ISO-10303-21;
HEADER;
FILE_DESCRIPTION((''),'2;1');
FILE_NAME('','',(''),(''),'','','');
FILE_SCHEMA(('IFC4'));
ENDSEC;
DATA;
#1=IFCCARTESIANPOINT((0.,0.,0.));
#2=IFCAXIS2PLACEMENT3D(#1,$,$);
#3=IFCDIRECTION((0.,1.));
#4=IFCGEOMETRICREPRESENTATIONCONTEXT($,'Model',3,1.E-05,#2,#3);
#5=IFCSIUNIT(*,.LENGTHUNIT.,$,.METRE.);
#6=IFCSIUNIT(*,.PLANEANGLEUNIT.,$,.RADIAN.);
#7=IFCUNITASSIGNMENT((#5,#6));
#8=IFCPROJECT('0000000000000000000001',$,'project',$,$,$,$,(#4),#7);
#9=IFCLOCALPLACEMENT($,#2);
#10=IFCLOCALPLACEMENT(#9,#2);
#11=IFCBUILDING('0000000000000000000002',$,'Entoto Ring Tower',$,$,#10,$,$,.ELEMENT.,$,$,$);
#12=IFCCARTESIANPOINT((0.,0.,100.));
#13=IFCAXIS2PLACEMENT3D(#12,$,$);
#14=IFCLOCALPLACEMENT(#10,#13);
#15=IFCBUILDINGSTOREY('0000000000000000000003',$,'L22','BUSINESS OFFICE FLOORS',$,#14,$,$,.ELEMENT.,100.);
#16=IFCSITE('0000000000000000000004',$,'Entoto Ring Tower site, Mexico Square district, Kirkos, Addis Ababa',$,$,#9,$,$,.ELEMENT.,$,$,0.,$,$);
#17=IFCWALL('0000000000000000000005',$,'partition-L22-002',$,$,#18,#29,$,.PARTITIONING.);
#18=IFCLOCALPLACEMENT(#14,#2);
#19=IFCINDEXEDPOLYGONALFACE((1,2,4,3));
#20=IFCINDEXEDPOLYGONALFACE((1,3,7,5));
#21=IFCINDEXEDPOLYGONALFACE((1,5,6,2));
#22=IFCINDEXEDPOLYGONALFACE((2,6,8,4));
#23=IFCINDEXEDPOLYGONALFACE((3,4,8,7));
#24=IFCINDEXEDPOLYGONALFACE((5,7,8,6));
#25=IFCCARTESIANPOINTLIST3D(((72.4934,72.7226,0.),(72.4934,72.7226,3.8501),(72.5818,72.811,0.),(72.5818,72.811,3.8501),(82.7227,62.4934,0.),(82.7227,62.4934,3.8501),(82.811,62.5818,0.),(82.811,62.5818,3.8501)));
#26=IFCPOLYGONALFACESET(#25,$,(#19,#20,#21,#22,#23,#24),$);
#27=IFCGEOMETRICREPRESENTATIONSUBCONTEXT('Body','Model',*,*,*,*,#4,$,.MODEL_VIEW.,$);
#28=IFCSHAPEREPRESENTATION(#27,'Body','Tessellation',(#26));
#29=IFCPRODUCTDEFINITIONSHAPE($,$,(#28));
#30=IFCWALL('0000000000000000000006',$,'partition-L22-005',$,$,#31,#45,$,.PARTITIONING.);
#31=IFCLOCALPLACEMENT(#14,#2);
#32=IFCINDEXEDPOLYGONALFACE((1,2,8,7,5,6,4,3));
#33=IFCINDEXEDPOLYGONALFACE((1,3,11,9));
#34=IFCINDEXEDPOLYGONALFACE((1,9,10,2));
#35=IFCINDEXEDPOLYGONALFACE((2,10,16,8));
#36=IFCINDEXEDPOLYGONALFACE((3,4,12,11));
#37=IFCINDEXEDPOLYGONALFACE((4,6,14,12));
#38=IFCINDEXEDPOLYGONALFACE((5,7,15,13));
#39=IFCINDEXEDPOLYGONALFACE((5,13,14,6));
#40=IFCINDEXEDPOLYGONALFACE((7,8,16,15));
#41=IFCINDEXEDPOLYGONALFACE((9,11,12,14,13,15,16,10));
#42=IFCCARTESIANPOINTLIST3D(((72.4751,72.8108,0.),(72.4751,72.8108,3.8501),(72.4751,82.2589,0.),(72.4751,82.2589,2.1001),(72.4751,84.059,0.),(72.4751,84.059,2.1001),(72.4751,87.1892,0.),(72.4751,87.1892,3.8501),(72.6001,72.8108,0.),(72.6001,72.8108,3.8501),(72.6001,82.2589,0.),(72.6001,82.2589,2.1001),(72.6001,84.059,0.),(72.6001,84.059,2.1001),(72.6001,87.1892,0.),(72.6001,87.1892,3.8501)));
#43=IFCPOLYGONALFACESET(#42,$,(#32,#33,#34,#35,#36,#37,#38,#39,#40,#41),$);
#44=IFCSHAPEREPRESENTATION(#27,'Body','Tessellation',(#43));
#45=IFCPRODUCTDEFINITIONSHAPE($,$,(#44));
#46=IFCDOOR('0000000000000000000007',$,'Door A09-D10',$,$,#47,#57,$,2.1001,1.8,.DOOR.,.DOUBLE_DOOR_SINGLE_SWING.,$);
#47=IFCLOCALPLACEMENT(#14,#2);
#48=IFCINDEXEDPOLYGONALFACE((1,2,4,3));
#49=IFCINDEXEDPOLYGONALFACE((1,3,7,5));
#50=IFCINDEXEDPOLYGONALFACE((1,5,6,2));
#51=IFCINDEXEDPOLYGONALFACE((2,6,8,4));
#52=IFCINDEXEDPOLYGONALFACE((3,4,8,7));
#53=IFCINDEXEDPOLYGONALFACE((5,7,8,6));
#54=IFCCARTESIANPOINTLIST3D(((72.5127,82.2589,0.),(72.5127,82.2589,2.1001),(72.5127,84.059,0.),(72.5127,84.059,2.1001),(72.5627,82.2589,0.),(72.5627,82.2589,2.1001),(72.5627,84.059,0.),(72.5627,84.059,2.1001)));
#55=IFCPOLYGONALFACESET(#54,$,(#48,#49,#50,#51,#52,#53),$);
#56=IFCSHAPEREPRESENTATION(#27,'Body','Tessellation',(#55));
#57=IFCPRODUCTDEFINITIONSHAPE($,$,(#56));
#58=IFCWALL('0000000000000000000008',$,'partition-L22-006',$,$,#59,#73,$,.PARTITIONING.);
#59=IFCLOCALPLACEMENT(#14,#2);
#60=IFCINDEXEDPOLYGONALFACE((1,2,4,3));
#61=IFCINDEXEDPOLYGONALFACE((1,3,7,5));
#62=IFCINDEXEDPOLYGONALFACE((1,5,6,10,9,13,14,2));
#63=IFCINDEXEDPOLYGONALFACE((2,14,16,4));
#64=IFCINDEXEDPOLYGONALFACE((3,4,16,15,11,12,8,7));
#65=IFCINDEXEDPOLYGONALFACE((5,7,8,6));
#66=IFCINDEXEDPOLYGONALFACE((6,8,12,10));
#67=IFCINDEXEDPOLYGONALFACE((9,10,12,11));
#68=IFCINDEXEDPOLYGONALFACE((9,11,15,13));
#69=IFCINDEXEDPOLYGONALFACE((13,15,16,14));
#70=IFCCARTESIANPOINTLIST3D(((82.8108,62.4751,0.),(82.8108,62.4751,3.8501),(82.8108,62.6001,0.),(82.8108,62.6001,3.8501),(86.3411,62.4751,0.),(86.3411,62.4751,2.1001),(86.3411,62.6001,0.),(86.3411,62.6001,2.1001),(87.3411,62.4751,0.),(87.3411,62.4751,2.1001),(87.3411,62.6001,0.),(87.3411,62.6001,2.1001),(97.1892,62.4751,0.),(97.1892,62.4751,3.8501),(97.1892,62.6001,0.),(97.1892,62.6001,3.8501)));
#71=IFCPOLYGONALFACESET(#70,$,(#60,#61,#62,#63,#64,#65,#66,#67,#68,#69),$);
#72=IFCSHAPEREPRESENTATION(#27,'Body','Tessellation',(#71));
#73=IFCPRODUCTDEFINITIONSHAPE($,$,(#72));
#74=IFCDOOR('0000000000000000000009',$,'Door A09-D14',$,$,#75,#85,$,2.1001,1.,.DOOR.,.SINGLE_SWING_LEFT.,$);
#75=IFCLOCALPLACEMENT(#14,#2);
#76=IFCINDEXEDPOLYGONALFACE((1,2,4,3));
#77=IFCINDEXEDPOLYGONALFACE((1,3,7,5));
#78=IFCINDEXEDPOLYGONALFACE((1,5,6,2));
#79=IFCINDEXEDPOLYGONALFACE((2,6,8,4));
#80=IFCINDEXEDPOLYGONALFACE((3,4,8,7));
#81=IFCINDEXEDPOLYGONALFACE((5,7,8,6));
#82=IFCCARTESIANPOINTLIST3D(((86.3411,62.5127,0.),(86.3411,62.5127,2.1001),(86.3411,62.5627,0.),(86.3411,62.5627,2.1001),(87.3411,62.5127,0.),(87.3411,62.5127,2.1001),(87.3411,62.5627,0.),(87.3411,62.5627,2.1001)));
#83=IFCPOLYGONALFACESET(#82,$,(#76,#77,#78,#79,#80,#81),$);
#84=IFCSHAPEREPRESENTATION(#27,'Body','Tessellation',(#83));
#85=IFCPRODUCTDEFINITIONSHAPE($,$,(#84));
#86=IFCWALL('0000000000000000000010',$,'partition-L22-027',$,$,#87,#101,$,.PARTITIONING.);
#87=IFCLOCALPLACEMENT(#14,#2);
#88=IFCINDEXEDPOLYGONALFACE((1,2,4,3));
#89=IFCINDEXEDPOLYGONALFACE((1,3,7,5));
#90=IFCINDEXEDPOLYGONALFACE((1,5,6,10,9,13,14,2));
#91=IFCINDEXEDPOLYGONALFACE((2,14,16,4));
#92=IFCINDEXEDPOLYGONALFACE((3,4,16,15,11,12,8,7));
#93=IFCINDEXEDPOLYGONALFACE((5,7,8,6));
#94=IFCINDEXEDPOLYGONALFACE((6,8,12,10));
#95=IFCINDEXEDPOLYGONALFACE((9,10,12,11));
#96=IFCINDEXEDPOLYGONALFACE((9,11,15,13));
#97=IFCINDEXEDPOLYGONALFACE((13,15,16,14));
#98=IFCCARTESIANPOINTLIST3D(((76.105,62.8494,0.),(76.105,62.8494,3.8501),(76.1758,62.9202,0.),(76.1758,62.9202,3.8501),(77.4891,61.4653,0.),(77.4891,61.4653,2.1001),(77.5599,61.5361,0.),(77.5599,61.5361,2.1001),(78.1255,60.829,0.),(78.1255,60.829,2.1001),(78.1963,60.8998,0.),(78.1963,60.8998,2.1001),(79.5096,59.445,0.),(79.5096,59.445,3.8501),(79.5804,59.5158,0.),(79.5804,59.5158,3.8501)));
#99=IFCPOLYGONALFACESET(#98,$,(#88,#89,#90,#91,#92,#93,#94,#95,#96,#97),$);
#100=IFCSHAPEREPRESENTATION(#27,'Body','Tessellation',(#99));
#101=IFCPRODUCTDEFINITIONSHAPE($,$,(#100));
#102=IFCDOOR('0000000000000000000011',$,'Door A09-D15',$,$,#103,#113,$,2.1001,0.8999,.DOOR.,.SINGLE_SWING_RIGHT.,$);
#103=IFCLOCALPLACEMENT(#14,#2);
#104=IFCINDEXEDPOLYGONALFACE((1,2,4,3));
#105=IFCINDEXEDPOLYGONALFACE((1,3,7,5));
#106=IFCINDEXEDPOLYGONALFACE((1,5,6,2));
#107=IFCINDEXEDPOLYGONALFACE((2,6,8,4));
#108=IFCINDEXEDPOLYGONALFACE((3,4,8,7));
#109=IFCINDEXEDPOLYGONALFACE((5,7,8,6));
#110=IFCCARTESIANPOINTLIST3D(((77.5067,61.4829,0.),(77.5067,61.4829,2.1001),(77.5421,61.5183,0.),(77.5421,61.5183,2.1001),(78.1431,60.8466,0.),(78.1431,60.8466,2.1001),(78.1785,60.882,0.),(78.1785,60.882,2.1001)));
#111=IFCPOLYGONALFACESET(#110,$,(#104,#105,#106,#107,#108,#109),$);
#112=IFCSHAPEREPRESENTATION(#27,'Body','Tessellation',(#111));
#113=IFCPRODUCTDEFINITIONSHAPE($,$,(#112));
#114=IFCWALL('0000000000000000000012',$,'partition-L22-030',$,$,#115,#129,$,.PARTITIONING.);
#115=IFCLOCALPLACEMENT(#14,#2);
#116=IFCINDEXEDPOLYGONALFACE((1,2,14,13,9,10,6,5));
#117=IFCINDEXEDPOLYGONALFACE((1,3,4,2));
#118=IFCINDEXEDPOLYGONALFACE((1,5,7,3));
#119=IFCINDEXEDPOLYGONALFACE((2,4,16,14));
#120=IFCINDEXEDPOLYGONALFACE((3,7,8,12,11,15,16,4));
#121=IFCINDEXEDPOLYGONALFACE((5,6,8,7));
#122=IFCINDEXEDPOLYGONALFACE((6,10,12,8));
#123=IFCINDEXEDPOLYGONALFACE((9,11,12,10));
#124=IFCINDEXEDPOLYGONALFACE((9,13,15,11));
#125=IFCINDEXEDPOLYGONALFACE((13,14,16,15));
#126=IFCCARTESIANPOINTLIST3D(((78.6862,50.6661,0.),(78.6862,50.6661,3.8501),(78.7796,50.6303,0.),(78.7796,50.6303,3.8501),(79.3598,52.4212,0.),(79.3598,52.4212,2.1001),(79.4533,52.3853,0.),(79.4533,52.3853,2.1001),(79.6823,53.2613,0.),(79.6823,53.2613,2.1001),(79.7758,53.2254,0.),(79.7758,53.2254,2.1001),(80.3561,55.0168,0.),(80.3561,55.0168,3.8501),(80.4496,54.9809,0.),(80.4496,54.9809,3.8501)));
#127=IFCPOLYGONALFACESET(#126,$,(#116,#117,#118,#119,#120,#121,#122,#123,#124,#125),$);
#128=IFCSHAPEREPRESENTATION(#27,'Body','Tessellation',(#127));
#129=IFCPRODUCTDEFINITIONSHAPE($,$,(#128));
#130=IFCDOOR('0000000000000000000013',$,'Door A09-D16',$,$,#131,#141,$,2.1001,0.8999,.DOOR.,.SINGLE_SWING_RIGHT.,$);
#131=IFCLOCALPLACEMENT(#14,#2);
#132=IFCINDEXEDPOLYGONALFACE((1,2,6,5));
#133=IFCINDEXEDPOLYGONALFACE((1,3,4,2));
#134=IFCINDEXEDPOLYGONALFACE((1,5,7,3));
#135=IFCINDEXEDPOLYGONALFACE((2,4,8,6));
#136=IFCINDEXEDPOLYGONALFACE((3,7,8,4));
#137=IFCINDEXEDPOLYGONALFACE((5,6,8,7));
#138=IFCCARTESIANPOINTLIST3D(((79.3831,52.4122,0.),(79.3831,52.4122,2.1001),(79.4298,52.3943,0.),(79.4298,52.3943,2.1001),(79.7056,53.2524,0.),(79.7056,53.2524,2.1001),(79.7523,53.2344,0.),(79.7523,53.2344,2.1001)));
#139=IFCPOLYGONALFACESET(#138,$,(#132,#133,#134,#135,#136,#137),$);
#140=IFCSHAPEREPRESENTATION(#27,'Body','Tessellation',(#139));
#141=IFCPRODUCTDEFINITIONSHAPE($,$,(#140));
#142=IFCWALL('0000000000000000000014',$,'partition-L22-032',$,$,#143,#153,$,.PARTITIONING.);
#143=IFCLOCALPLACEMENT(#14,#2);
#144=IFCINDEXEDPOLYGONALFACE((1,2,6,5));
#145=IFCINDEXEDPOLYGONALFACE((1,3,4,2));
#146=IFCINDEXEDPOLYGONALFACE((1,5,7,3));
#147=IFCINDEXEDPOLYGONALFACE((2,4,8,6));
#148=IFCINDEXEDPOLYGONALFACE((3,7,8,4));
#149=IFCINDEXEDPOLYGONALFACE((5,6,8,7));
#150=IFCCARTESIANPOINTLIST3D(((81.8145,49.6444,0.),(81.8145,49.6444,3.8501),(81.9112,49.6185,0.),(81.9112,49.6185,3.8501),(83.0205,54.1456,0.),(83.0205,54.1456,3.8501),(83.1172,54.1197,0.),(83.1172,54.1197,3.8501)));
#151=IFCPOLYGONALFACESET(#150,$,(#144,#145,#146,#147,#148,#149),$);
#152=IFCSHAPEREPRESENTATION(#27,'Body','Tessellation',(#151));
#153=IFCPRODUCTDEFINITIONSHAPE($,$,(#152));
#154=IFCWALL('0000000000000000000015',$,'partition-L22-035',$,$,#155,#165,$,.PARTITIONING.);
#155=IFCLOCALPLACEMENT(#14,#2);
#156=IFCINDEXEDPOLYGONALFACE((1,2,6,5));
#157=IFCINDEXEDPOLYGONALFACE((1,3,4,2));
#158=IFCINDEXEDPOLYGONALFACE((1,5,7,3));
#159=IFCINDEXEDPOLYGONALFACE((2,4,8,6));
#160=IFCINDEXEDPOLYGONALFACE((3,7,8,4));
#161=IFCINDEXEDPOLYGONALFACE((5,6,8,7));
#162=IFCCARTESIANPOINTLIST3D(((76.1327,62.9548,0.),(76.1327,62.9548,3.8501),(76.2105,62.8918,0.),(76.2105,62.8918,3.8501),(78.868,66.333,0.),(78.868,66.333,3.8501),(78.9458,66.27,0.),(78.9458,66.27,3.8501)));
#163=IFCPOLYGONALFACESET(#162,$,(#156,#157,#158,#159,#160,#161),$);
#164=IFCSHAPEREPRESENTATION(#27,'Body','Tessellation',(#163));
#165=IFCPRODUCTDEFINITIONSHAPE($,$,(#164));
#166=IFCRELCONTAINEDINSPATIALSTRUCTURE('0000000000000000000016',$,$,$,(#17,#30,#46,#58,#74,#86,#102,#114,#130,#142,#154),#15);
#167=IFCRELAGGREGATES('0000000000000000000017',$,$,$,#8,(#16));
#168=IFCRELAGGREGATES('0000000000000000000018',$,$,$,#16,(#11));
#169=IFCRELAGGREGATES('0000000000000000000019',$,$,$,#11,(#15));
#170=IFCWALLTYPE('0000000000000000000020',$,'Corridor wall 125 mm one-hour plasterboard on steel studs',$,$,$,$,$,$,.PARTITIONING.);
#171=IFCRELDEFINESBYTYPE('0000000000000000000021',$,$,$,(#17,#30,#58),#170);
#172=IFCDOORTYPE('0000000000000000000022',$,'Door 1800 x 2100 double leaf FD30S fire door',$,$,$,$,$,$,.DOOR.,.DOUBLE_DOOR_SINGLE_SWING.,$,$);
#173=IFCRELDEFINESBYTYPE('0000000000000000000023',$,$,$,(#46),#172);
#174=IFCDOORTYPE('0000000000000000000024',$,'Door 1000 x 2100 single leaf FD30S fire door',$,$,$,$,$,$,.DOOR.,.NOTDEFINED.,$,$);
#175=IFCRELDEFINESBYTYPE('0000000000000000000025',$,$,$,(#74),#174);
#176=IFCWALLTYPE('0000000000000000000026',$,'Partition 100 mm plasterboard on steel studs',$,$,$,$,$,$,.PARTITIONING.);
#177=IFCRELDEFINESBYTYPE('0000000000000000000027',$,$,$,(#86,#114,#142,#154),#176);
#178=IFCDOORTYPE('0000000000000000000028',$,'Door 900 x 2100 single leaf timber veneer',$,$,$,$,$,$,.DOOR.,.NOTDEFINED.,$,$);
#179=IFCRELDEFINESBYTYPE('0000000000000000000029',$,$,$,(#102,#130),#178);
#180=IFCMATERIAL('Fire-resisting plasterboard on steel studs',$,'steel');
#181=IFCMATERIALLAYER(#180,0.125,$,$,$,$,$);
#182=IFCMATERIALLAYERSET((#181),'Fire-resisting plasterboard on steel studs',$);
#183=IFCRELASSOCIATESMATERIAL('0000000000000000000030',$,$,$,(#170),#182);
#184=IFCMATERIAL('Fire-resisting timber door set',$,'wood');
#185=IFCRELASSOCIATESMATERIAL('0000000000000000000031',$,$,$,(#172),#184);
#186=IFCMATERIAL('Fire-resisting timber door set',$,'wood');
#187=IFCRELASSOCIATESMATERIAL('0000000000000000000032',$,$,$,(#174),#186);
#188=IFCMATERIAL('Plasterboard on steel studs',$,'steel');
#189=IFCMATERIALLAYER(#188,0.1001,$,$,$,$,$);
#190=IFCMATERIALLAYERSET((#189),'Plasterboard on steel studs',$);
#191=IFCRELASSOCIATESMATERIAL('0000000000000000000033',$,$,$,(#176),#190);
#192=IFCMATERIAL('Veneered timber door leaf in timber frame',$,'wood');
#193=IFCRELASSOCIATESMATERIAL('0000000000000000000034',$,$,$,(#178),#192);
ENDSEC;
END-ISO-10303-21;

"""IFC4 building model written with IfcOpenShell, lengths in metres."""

from ifc_helpers import new_model, si_unit, direction, frame, frame_2d, origin, place, context, subcontext, project, spatial, rectangle, extrude, material, layer, layer_set, type_object, element, fill, save


model = new_model("IFC4")

# Units and contexts
model_context = context("Model", 3, precision=1e-05, world=origin(), true_north=direction((0.0, 1.0)))
body_context = subcontext(model_context, "Body", "Model", "MODEL_VIEW")
ifc_project = project(units=[si_unit("LENGTHUNIT", "METRE"), si_unit("PLANEANGLEUNIT", "RADIAN")], contexts=[model_context])

# Site, building, storey
site_placement = place(None, origin())
site = spatial("IfcSite", under=ifc_project, at=site_placement, Name="Entoto Ring Tower site, Mexico Square district, Kirkos, Addis Ababa", CompositionType="ELEMENT", RefElevation=0.0)
building_placement = place(site_placement, origin())
building = spatial("IfcBuilding", under=site, at=building_placement, Name="Entoto Ring Tower", CompositionType="ELEMENT")
storey_placement = place(building_placement, frame((0.0, 0.0, 100.0)))
storey = spatial("IfcBuildingStorey", under=building, at=storey_placement, Name="L22", Description="BUSINESS OFFICE FLOORS", CompositionType="ELEMENT", Elevation=100.0)

# Wall
ifc_material_1 = material(Name="Fire-resisting plasterboard on steel studs", Category="steel")
ifc_layer_1 = layer(ifc_material_1, 0.125)
ifc_layer_set_1 = layer_set([ifc_layer_1], Name="Fire-resisting plasterboard on steel studs")
wall_type_1 = type_object("IfcWallType", Name="Corridor wall 125 mm one-hour plasterboard on steel studs", PredefinedType="PARTITIONING", material=ifc_layer_set_1)
wall_1_placement = place(storey_placement, frame((82.7668, 62.5376, 0.0), z_axis=(0.0, 0.0, 1.0), x_axis=(-0.707107, 0.707107, 0.0)))
element("IfcWall", 1, at=wall_1_placement, inside=storey, type_object=wall_type_1, Name="partition-L22-002", PredefinedType="PARTITIONING", context=body_context, shape_type="SweptSolid", body=[
    extrude(rectangle(XDim=14.4663, YDim=0.125, at=frame_2d((7.2332, 0.0))), origin(), (0.0, 0.0, 1.0), 3.8501),
])

# Walls, openings, doors
wall_2_placement = place(storey_placement, frame((72.5376, 72.8108, 0.0), z_axis=(0.0, 0.0, 1.0), x_axis=(0.0, 1.0, 0.0)))
wall_2 = element("IfcWall", 2, at=wall_2_placement, inside=storey, type_object=wall_type_1, Name="partition-L22-005", PredefinedType="PARTITIONING", context=body_context, shape_type="SweptSolid", body=[
    extrude(rectangle(XDim=14.3784, YDim=0.125, at=frame_2d((7.1892, 0.0))), origin(), (0.0, 0.0, 1.0), 3.8501),
])
opening_1_placement = place(wall_2_placement, frame((9.4482, 0.0, 0.0)))
opening_1 = element("IfcOpeningElement", 3, at=opening_1_placement, cuts=wall_2, PredefinedType="OPENING", context=body_context, shape_type="SweptSolid", body=[
    extrude(rectangle(XDim=1.8, YDim=2.1001, at=frame_2d((0.8999, 1.05))), frame((0.0, 0.0725, 0.0), z_axis=(0.0, -1.0, 0.0), x_axis=(1.0, 0.0, 0.0)), (0.0, 0.0, 1.0), 0.145),
])
ifc_material_2 = material(Name="Fire-resisting timber door set", Category="wood")
door_type_1 = type_object("IfcDoorType", Name="Door 1800 x 2100 double leaf FD30S fire door", OperationType="DOUBLE_DOOR_SINGLE_SWING", PredefinedType="DOOR", material=ifc_material_2)
door_1_placement = place(opening_1_placement, origin())
door_1 = element("IfcDoor", 4, at=door_1_placement, inside=storey, type_object=door_type_1, Name="Door A09-D10", OperationType="DOUBLE_DOOR_SINGLE_SWING", OverallHeight=2.1001, OverallWidth=1.8, PredefinedType="DOOR", context=body_context, shape_type="SweptSolid", body=[
    extrude(rectangle(XDim=1.8, YDim=2.1001, at=frame_2d((0.8999, 1.05))), frame((0.0, 0.0249, 0.0), z_axis=(0.0, -1.0, 0.0), x_axis=(1.0, 0.0, 0.0)), (0.0, 0.0, 1.0), 0.05),
])
fill(opening_1, door_1)
wall_3_placement = place(storey_placement, frame((82.8108, 62.5376, 0.0), z_axis=(0.0, 0.0, 1.0), x_axis=(1.0, 0.0, 0.0)))
wall_3 = element("IfcWall", 5, at=wall_3_placement, inside=storey, type_object=wall_type_1, Name="partition-L22-006", PredefinedType="PARTITIONING", context=body_context, shape_type="SweptSolid", body=[
    extrude(rectangle(XDim=14.3784, YDim=0.125, at=frame_2d((7.1892, 0.0))), origin(), (0.0, 0.0, 1.0), 3.8501),
])
opening_2_placement = place(wall_3_placement, frame((3.5303, 0.0, 0.0)))
opening_2 = element("IfcOpeningElement", 6, at=opening_2_placement, cuts=wall_3, PredefinedType="OPENING", context=body_context, shape_type="SweptSolid", body=[
    extrude(rectangle(XDim=1.0, YDim=2.1001, at=frame_2d((0.5, 1.05))), frame((0.0, 0.0725, 0.0), z_axis=(0.0, -1.0, 0.0), x_axis=(1.0, 0.0, 0.0)), (0.0, 0.0, 1.0), 0.145),
])
ifc_material_3 = material(Name="Fire-resisting timber door set", Category="wood")
door_type_2 = type_object("IfcDoorType", Name="Door 1000 x 2100 single leaf FD30S fire door", OperationType="NOTDEFINED", PredefinedType="DOOR", material=ifc_material_3)
door_2_placement = place(opening_2_placement, frame((1.0, 0.0, 0.0), z_axis=(0.0, 0.0, 1.0), x_axis=(-1.0, 0.0, 0.0)))
door_2 = element("IfcDoor", 7, at=door_2_placement, inside=storey, type_object=door_type_2, Name="Door A09-D14", OperationType="SINGLE_SWING_LEFT", OverallHeight=2.1001, OverallWidth=1.0, PredefinedType="DOOR", context=body_context, shape_type="SweptSolid", body=[
    extrude(rectangle(XDim=1.0, YDim=2.1001, at=frame_2d((0.5, 1.05))), frame((0.0, 0.0249, 0.0), z_axis=(0.0, -1.0, 0.0), x_axis=(1.0, 0.0, 0.0)), (0.0, 0.0, 1.0), 0.05),
])
fill(opening_2, door_2)
ifc_material_4 = material(Name="Plasterboard on steel studs", Category="steel")
ifc_layer_2 = layer(ifc_material_4, 0.1001)
ifc_layer_set_2 = layer_set([ifc_layer_2], Name="Plasterboard on steel studs")
wall_type_2 = type_object("IfcWallType", Name="Partition 100 mm plasterboard on steel studs", PredefinedType="PARTITIONING", material=ifc_layer_set_2)
wall_4_placement = place(storey_placement, frame((79.5449, 59.4805, 0.0), z_axis=(0.0, 0.0, 1.0), x_axis=(-0.707132, 0.707081, 0.0)))
wall_4 = element("IfcWall", 8, at=wall_4_placement, inside=storey, type_object=wall_type_2, Name="partition-L22-027", PredefinedType="PARTITIONING", context=body_context, shape_type="SweptSolid", body=[
    extrude(rectangle(XDim=4.8147, YDim=0.1001, at=frame_2d((2.4072, 0.0))), origin(), (0.0, 0.0, 1.0), 3.8501),
])
opening_3_placement = place(wall_4_placement, frame((1.9573, 0.0, 0.0)))
opening_3 = element("IfcOpeningElement", 9, at=opening_3_placement, cuts=wall_4, PredefinedType="OPENING", context=body_context, shape_type="SweptSolid", body=[
    extrude(rectangle(XDim=0.8999, YDim=2.1001, at=frame_2d((0.45, 1.05))), frame((0.0, 0.0601, 0.0), z_axis=(0.0, -1.0, 0.0), x_axis=(1.0, 0.0, 0.0)), (0.0, 0.0, 1.0), 0.1201),
])
ifc_material_5 = material(Name="Veneered timber door leaf in timber frame", Category="wood")
door_type_3 = type_object("IfcDoorType", Name="Door 900 x 2100 single leaf timber veneer", OperationType="NOTDEFINED", PredefinedType="DOOR", material=ifc_material_5)
door_3_placement = place(opening_3_placement, frame((0.8999, 0.0, 0.0), z_axis=(0.0, 0.0, 1.0), x_axis=(-1.0, 0.0, 0.0)))
door_3 = element("IfcDoor", 10, at=door_3_placement, inside=storey, type_object=door_type_3, Name="Door A09-D15", OperationType="SINGLE_SWING_RIGHT", OverallHeight=2.1001, OverallWidth=0.8999, PredefinedType="DOOR", context=body_context, shape_type="SweptSolid", body=[
    extrude(rectangle(XDim=0.8999, YDim=2.1001, at=frame_2d((0.45, 1.05))), frame((0.0, 0.0249, 0.0), z_axis=(0.0, -1.0, 0.0), x_axis=(1.0, 0.0, 0.0)), (0.0, 0.0, 1.0), 0.05),
])
fill(opening_3, door_3)
wall_5_placement = place(storey_placement, frame((78.7329, 50.6482, 0.0), z_axis=(0.0, 0.0, 1.0), x_axis=(0.358347, 0.933588, 0.0)))
wall_5 = element("IfcWall", 11, at=wall_5_placement, inside=storey, type_object=wall_type_2, Name="partition-L22-030", PredefinedType="PARTITIONING", context=body_context, shape_type="SweptSolid", body=[
    extrude(rectangle(XDim=4.6602, YDim=0.1001, at=frame_2d((2.3301, 0.0))), origin(), (0.0, 0.0, 1.0), 3.8501),
])
opening_4_placement = place(wall_5_placement, frame((1.8799, 0.0, 0.0)))
opening_4 = element("IfcOpeningElement", 12, at=opening_4_placement, cuts=wall_5, PredefinedType="OPENING", context=body_context, shape_type="SweptSolid", body=[
    extrude(rectangle(XDim=0.8999, YDim=2.1001, at=frame_2d((0.45, 1.05))), frame((0.0, 0.0601, 0.0), z_axis=(0.0, -1.0, 0.0), x_axis=(1.0, 0.0, 0.0)), (0.0, 0.0, 1.0), 0.1201),
])
door_4_placement = place(opening_4_placement, frame((0.8999, 0.0, 0.0), z_axis=(0.0, 0.0, 1.0), x_axis=(-1.0, 0.0, 0.0)))
door_4 = element("IfcDoor", 13, at=door_4_placement, inside=storey, type_object=door_type_3, Name="Door A09-D16", OperationType="SINGLE_SWING_RIGHT", OverallHeight=2.1001, OverallWidth=0.8999, PredefinedType="DOOR", context=body_context, shape_type="SweptSolid", body=[
    extrude(rectangle(XDim=0.8999, YDim=2.1001, at=frame_2d((0.45, 1.05))), frame((0.0, 0.0249, 0.0), z_axis=(0.0, -1.0, 0.0), x_axis=(1.0, 0.0, 0.0)), (0.0, 0.0, 1.0), 0.05),
])
fill(opening_4, door_4)

# Walls
wall_6_placement = place(storey_placement, frame((81.8628, 49.6313, 0.0), z_axis=(0.0, 0.0, 1.0), x_axis=(0.25881, 0.965928, 0.0)))
element("IfcWall", 14, at=wall_6_placement, inside=storey, type_object=wall_type_2, Name="partition-L22-032", PredefinedType="PARTITIONING", context=body_context, shape_type="SweptSolid", body=[
    extrude(rectangle(XDim=4.6599, YDim=0.1001, at=frame_2d((2.3301, 0.0))), origin(), (0.0, 0.0, 1.0), 3.8501),
])
wall_7_placement = place(storey_placement, frame((76.1716, 62.9233, 0.0), z_axis=(0.0, 0.0, 1.0), x_axis=(0.629287, 0.777173, 0.0)))
element("IfcWall", 15, at=wall_7_placement, inside=storey, type_object=wall_type_2, Name="partition-L22-035", PredefinedType="PARTITIONING", context=body_context, shape_type="SweptSolid", body=[
    extrude(rectangle(XDim=4.3467, YDim=0.1001, at=frame_2d((2.1733, 0.0))), origin(), (0.0, 0.0, 1.0), 3.8501),
])

save(model, "model.ifc")
